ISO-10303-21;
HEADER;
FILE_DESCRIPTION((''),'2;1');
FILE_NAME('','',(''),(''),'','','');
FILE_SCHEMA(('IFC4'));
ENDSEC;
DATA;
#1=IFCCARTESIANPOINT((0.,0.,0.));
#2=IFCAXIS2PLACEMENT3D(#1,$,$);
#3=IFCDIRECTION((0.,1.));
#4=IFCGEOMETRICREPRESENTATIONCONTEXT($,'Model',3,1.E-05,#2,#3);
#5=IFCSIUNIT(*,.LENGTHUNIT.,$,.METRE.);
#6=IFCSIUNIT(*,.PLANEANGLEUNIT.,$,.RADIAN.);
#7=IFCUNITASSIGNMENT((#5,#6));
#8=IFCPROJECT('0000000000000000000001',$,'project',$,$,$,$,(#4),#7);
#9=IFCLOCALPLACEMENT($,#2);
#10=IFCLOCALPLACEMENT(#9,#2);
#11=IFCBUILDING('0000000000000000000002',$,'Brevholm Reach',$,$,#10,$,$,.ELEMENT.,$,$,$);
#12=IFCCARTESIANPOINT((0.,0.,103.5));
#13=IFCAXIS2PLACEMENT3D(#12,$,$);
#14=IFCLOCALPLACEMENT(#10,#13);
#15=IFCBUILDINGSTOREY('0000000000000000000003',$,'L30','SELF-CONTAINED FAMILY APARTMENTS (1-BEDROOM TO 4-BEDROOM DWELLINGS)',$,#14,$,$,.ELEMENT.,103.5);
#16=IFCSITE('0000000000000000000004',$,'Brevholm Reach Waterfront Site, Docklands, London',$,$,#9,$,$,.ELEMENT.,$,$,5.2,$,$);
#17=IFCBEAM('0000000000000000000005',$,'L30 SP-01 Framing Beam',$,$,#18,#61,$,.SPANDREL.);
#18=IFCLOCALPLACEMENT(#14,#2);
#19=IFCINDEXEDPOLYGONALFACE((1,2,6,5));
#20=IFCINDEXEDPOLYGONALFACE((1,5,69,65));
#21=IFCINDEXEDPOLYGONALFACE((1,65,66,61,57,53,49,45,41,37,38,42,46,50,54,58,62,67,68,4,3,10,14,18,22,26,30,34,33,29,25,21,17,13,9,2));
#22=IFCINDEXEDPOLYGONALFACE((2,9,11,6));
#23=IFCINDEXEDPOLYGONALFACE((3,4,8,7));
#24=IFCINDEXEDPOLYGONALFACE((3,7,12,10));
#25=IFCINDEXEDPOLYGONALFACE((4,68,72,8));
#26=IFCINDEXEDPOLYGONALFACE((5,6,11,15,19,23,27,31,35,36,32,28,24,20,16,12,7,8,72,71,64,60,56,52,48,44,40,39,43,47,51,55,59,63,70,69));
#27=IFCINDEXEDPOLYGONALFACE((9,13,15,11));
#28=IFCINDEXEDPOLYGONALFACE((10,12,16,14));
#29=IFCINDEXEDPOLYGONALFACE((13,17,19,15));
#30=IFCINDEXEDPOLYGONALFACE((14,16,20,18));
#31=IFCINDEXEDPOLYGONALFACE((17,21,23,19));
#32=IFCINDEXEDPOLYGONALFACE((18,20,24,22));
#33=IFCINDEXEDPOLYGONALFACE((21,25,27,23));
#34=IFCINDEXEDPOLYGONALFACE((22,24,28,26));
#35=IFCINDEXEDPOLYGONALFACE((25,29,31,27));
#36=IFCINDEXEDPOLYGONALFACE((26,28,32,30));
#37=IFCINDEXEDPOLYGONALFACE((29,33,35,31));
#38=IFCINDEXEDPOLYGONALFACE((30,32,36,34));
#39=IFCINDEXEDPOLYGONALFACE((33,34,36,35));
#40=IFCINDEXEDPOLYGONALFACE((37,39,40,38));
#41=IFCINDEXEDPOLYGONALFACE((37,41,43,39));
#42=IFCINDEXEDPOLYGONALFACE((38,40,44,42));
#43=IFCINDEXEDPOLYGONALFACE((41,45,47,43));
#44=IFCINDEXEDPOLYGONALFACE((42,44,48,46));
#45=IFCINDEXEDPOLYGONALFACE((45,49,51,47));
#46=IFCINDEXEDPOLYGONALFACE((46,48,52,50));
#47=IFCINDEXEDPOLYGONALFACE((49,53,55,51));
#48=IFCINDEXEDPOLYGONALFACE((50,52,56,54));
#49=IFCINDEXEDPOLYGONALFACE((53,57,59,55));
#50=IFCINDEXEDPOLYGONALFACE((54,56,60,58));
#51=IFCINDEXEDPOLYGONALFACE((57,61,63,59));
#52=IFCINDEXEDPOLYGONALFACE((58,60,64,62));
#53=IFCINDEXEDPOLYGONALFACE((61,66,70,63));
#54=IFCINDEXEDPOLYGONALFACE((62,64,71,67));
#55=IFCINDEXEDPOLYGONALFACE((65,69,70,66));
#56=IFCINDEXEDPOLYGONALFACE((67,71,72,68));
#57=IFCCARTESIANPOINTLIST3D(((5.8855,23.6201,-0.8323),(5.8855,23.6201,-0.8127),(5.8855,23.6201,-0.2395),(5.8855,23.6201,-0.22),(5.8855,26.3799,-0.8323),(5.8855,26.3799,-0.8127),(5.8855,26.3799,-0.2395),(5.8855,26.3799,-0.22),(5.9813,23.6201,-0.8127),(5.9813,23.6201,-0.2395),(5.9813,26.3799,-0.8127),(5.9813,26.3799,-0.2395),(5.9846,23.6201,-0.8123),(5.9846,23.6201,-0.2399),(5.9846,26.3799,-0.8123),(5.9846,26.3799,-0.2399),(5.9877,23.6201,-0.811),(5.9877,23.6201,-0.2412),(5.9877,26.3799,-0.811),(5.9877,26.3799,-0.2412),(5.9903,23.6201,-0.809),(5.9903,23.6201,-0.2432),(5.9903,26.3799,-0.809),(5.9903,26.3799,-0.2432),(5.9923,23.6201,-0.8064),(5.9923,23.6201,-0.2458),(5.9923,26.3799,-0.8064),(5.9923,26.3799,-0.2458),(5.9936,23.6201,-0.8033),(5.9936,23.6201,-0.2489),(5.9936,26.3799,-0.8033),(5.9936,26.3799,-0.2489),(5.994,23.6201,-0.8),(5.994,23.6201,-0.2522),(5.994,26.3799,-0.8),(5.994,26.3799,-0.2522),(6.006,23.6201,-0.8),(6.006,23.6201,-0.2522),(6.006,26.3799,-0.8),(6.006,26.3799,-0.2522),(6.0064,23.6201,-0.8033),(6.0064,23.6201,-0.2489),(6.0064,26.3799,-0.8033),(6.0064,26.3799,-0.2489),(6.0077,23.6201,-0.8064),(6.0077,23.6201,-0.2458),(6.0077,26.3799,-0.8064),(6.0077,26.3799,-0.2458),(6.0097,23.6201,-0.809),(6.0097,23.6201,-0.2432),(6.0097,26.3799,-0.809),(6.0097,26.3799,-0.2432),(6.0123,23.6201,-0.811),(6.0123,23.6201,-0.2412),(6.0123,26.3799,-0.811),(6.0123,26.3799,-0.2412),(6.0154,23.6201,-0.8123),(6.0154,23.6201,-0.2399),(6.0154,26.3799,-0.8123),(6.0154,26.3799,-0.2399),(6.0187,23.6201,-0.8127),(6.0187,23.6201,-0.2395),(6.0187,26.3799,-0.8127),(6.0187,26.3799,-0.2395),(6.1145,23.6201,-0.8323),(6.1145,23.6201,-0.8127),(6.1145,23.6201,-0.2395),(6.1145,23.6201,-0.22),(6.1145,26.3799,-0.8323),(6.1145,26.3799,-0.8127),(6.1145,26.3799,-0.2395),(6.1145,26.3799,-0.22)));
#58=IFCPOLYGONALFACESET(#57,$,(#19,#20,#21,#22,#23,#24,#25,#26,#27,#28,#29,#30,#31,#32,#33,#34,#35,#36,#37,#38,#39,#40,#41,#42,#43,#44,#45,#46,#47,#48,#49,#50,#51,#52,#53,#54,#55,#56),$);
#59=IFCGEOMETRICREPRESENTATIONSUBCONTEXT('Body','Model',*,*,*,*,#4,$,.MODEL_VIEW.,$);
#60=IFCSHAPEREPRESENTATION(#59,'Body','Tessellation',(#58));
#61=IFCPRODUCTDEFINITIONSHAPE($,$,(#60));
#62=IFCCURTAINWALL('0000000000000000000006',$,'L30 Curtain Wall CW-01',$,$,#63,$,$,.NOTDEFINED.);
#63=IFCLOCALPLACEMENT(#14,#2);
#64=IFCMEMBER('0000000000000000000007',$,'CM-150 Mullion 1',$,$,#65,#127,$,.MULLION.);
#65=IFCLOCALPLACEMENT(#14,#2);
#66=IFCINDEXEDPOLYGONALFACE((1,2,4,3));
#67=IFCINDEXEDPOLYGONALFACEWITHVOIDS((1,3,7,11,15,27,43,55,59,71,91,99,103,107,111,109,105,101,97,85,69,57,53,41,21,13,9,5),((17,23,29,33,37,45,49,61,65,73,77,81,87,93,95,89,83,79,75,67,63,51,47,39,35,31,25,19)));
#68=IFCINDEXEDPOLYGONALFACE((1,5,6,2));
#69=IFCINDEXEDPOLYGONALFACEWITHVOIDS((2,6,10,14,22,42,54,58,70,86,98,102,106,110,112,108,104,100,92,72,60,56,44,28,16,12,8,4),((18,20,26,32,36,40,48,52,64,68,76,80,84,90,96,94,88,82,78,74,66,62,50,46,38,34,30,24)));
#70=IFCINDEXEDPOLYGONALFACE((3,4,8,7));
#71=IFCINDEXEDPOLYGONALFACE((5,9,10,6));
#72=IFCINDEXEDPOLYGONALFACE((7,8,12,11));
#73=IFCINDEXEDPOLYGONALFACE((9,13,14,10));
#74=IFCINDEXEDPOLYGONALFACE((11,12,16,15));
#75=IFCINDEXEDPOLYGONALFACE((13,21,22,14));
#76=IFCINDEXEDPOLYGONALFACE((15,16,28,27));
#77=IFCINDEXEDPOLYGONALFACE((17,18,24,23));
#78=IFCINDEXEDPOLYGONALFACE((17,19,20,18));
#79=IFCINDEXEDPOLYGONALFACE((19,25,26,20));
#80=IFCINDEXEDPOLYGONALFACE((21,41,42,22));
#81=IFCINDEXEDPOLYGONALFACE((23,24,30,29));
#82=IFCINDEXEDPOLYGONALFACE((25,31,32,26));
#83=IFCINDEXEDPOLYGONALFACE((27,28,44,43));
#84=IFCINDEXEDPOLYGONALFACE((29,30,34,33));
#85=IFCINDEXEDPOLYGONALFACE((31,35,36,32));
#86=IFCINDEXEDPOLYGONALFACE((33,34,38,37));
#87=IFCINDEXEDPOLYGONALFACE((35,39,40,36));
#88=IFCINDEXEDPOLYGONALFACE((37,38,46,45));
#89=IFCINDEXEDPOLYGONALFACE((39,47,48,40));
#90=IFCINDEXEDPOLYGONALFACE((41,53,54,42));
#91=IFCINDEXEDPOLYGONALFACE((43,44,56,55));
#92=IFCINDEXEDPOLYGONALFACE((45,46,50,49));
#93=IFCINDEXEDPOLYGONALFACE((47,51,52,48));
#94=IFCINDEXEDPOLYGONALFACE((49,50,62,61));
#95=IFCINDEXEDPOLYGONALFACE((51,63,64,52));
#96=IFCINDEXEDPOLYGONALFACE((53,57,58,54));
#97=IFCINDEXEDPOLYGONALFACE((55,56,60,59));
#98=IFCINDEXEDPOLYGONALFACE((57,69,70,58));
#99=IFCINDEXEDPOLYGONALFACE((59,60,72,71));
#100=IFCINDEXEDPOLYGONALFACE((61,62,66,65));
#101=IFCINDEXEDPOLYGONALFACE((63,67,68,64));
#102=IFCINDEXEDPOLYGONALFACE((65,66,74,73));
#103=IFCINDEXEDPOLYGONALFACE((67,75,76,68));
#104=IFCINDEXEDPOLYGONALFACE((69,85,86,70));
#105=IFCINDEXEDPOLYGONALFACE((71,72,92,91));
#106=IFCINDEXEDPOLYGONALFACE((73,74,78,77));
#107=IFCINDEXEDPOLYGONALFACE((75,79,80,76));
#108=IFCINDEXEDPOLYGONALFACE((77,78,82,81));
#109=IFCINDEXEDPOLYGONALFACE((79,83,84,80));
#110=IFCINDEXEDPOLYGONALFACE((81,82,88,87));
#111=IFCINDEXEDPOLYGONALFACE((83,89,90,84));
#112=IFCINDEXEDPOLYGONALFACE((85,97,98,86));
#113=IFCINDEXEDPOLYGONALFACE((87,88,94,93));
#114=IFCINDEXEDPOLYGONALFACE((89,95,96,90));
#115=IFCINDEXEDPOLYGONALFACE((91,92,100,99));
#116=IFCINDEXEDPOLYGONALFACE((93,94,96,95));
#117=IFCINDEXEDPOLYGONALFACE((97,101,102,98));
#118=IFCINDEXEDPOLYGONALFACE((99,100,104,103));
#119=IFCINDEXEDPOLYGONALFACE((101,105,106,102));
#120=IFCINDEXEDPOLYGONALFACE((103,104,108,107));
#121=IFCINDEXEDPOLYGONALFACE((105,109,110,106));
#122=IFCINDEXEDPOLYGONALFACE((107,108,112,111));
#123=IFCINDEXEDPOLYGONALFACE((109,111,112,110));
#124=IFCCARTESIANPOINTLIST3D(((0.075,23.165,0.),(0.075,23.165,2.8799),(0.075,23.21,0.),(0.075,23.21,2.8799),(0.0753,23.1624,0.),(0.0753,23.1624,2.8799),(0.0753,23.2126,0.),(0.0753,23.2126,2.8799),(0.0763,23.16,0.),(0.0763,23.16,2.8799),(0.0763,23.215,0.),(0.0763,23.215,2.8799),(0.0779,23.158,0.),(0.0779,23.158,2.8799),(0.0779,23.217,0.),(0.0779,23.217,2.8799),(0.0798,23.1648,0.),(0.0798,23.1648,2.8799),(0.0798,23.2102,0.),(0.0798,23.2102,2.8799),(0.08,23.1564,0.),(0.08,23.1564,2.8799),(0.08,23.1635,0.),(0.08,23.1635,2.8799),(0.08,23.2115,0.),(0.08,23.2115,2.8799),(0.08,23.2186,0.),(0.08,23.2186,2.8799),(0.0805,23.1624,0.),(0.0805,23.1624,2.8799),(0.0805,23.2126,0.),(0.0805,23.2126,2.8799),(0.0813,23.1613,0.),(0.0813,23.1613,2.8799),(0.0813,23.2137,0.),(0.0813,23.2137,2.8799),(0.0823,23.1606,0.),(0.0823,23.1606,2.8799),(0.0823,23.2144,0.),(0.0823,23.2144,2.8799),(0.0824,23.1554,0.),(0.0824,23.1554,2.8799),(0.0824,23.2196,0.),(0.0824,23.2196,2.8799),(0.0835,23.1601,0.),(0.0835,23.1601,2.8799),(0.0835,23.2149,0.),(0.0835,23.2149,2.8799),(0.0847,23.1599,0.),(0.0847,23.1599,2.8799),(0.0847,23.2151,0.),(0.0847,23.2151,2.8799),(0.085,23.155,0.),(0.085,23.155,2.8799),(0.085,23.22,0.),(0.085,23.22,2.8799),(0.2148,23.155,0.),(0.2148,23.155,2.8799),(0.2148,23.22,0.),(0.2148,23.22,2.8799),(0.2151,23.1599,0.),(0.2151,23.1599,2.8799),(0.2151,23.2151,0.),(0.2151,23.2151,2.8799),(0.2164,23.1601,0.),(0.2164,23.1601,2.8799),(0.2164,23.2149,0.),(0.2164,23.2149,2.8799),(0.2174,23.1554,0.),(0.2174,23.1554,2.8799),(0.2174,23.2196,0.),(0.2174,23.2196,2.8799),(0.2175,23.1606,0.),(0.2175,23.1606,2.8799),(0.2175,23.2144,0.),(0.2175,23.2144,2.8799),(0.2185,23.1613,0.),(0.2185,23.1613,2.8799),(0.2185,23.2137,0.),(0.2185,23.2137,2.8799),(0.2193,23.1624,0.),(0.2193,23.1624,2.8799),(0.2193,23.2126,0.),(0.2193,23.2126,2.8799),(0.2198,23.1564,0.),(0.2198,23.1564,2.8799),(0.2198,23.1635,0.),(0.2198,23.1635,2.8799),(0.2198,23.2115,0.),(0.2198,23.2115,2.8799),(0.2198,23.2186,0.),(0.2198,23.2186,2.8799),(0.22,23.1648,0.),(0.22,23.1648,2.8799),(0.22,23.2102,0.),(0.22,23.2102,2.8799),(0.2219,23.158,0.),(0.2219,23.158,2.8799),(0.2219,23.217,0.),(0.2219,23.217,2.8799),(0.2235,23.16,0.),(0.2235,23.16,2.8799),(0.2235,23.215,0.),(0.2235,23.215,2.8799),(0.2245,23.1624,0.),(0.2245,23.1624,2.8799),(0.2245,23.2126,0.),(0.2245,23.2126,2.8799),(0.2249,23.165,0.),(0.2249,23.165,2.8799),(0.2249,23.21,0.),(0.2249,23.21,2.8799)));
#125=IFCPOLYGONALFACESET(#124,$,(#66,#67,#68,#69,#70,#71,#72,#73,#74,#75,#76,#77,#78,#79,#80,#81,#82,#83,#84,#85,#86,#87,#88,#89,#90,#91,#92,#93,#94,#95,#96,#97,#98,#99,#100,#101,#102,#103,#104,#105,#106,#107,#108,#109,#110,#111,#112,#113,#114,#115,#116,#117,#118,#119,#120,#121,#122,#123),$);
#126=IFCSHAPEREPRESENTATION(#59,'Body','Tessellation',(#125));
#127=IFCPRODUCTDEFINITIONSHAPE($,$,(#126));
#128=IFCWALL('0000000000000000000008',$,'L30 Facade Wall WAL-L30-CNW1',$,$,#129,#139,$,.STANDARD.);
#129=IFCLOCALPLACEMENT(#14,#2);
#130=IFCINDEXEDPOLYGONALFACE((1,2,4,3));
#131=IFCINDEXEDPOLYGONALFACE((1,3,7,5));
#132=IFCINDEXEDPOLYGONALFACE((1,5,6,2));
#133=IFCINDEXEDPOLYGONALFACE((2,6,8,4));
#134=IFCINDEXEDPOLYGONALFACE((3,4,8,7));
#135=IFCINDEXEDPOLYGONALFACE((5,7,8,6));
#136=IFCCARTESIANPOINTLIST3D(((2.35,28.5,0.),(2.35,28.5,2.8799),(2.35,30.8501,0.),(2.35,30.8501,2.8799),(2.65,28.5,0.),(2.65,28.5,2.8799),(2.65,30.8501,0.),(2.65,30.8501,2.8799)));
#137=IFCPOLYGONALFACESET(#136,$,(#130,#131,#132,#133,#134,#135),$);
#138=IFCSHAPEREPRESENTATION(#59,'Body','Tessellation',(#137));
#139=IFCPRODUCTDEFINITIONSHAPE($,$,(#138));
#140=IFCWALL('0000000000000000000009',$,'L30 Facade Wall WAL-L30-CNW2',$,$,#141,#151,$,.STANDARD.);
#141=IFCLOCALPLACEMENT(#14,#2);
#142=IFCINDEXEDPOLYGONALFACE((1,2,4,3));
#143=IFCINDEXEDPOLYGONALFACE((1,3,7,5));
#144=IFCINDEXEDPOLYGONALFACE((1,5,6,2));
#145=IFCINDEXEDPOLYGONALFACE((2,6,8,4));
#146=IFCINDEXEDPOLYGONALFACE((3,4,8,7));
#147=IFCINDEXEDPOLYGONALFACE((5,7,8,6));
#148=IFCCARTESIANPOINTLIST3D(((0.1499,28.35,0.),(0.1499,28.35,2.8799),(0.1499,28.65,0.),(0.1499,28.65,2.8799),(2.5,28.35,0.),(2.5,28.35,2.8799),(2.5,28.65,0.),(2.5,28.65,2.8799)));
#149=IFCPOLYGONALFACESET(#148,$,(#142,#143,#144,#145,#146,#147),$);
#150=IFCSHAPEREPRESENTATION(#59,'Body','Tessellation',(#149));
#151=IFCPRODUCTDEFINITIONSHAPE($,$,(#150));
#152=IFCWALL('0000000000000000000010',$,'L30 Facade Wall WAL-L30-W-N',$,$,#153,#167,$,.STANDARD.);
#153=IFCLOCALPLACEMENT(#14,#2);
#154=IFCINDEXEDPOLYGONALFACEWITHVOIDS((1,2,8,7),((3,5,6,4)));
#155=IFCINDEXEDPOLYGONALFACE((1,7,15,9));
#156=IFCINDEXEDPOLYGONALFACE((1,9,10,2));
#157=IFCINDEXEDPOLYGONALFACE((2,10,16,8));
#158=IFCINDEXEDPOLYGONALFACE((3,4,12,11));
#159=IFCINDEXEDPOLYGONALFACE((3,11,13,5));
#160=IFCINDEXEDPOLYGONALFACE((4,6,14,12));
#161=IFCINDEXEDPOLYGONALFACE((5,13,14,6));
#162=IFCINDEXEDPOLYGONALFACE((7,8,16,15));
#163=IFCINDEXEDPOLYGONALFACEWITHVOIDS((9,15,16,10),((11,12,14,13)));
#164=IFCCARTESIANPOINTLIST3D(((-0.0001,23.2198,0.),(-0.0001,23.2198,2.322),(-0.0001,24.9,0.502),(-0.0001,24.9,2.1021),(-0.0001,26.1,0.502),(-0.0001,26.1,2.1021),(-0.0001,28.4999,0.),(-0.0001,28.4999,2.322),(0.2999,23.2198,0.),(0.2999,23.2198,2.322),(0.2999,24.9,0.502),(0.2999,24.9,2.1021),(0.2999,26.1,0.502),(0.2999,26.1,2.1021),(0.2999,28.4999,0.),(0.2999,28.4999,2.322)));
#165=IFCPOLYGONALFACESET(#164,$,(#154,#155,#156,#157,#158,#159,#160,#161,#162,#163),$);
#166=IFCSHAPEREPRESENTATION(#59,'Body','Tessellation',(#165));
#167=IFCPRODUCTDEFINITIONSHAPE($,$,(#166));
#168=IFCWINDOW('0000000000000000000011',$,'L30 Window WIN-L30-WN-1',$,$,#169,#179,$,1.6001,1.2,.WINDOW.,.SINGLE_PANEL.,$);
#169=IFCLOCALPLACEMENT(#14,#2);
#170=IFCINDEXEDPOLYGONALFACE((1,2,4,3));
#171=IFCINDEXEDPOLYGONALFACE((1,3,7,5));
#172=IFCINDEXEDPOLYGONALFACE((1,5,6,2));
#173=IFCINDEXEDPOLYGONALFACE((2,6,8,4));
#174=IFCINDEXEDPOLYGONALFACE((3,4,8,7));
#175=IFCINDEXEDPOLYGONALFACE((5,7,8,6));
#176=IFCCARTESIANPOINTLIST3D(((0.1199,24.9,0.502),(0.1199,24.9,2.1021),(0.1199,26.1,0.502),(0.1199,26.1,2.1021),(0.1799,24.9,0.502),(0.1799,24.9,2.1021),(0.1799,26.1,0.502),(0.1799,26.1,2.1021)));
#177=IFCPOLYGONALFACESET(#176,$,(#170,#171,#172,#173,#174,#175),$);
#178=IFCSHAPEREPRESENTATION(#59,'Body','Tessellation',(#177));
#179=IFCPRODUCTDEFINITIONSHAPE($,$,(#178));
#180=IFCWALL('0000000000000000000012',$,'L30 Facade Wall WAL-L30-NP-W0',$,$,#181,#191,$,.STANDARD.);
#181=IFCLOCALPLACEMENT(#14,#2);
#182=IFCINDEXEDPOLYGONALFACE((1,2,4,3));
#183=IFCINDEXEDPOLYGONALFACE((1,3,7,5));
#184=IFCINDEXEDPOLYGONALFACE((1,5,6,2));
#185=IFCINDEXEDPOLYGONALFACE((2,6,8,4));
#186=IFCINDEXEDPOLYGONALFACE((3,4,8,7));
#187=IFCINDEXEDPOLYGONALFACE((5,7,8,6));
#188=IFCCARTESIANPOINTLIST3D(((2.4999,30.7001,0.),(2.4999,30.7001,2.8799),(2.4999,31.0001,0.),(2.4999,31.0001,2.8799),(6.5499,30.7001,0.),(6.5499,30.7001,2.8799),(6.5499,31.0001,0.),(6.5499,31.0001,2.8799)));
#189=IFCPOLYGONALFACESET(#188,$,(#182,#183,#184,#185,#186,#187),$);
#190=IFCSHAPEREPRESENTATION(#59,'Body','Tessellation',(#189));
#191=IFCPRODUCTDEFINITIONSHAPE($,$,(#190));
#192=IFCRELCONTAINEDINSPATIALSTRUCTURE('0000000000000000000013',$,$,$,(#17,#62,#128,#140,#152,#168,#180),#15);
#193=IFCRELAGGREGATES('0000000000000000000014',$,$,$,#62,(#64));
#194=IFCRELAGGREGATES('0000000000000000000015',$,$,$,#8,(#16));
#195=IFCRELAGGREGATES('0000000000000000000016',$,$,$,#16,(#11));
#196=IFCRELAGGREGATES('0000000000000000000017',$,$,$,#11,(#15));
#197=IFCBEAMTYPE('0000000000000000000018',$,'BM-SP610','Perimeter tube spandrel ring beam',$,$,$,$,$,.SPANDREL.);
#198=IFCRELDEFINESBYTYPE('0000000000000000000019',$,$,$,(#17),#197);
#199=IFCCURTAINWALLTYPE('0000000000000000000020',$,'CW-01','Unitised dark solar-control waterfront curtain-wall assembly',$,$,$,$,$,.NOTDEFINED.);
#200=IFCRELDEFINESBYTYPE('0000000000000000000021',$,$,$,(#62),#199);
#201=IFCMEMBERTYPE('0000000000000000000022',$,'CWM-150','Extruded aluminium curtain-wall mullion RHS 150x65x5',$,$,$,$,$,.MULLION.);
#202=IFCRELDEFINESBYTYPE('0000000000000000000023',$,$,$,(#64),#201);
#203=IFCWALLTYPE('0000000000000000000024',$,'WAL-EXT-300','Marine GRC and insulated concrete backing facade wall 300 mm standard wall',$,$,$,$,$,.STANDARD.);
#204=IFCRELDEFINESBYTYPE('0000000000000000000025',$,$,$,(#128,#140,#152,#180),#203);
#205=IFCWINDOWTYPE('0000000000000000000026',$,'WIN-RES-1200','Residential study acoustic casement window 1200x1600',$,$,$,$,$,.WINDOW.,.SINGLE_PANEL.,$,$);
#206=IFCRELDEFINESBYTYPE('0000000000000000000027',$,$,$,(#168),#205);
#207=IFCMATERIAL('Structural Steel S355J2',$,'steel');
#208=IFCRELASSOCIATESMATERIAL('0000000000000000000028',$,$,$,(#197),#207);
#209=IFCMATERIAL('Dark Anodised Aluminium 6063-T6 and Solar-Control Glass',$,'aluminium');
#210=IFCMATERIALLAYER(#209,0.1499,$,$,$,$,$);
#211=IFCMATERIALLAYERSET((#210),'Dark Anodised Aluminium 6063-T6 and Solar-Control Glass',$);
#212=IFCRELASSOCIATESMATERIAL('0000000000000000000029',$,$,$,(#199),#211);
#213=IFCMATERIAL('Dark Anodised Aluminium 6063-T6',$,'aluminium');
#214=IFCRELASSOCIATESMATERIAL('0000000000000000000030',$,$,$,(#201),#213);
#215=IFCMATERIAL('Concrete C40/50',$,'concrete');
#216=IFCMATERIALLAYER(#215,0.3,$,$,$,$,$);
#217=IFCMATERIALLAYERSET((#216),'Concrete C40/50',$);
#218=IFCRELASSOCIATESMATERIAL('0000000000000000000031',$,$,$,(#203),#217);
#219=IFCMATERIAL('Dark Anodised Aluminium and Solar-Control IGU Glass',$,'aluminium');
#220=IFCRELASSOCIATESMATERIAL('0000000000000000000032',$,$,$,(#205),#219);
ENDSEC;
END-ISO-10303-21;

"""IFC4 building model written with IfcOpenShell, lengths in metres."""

from ifc_helpers import new_model, si_unit, direction, frame, frame_2d, origin, origin_2d, place, context, subcontext, project, spatial, rectangle, hollow_rectangle, i_section, extrude, material, layer, layer_set, material_profile, profile_set, type_object, element, fill, aggregate, save


model = new_model("IFC4")

# Units and contexts
model_context = context("Model", 3, precision=1e-05, world=origin(), true_north=direction((0.0, 1.0)))
body_context = subcontext(model_context, "Body", "Model", "MODEL_VIEW")
ifc_project = project(units=[si_unit("LENGTHUNIT", "METRE"), si_unit("PLANEANGLEUNIT", "RADIAN")], contexts=[model_context])

# Site, building, storey
site_placement = place(None, origin())
site = spatial("IfcSite", under=ifc_project, at=site_placement, Name="Brevholm Reach Waterfront Site, Docklands, London", CompositionType="ELEMENT", RefElevation=5.2)
building_placement = place(site_placement, origin())
building = spatial("IfcBuilding", under=site, at=building_placement, Name="Brevholm Reach", CompositionType="ELEMENT")
storey_placement = place(building_placement, frame((0.0, 0.0, 103.5)))
storey = spatial("IfcBuildingStorey", under=building, at=storey_placement, Name="L30", Description="SELF-CONTAINED FAMILY APARTMENTS (1-BEDROOM TO 4-BEDROOM DWELLINGS)", CompositionType="ELEMENT", Elevation=103.5)

# Beam
ifc_material_1 = material(Name="Structural Steel S355J2", Category="steel")
ifc_material_profile_1 = material_profile(ifc_material_1, i_section(OverallWidth=0.229, OverallDepth=0.6123, WebThickness=0.012, FlangeThickness=0.0195, FilletRadius=0.0127, at=origin_2d()), Name="UKB 610x229x125")
ifc_profile_set_1 = profile_set([ifc_material_profile_1], Name="Structural Steel S355J2")
beam_type_1 = type_object("IfcBeamType", Name="BM-SP610", Description="Perimeter tube spandrel ring beam", PredefinedType="SPANDREL", material=ifc_profile_set_1)
beam_1_placement = place(storey_placement, frame((6.0, 23.6201, -0.5261), z_axis=(0.0, 1.0, 0.0), x_axis=(-1.0, 0.0, 0.0)))
element("IfcBeam", 1, at=beam_1_placement, inside=storey, type_object=beam_type_1, Name="L30 SP-01 Framing Beam", PredefinedType="SPANDREL", context=body_context, shape_type="SweptSolid", body=[
    extrude(i_section(OverallWidth=0.229, OverallDepth=0.6123, WebThickness=0.012, FlangeThickness=0.0195, FilletRadius=0.0127, at=origin_2d()), origin(), (0.0, 0.0, 1.0), 2.7598),
])

# Curtain wall, member
ifc_material_2 = material(Name="Dark Anodised Aluminium 6063-T6 and Solar-Control Glass", Category="aluminium")
ifc_layer_1 = layer(ifc_material_2, 0.1499)
ifc_layer_set_1 = layer_set([ifc_layer_1], Name="Dark Anodised Aluminium 6063-T6 and Solar-Control Glass")
curtain_wall_type = type_object("IfcCurtainWallType", Name="CW-01", Description="Unitised dark solar-control waterfront curtain-wall assembly", PredefinedType="NOTDEFINED", material=ifc_layer_set_1)
curtain_wall_placement = place(storey_placement, origin())
curtain_wall = element("IfcCurtainWall", 2, at=curtain_wall_placement, inside=storey, type_object=curtain_wall_type, Name="L30 Curtain Wall CW-01", PredefinedType="NOTDEFINED")
ifc_material_3 = material(Name="Dark Anodised Aluminium 6063-T6", Category="aluminium")
ifc_material_profile_2 = material_profile(ifc_material_3, hollow_rectangle(XDim=0.0649, YDim=0.1499, WallThickness=0.0049, InnerFilletRadius=0.0049, OuterFilletRadius=0.01, at=origin_2d()), Name="RHS 150x65x5")
ifc_profile_set_2 = profile_set([ifc_material_profile_2], Name="Dark Anodised Aluminium 6063-T6")
member_type = type_object("IfcMemberType", Name="CWM-150", Description="Extruded aluminium curtain-wall mullion RHS 150x65x5", PredefinedType="MULLION", material=ifc_profile_set_2)
member_placement = place(storey_placement, frame((0.1499, 23.1875, 0.0), z_axis=(0.0, 0.0, 1.0), x_axis=(0.0, -1.0, 0.0)))
member = element("IfcMember", 3, at=member_placement, type_object=member_type, Name="CM-150 Mullion 1", PredefinedType="MULLION", context=body_context, shape_type="SweptSolid", body=[
    extrude(hollow_rectangle(XDim=0.0649, YDim=0.1499, WallThickness=0.0049, InnerFilletRadius=0.0049, OuterFilletRadius=0.01, at=origin_2d()), origin(), (0.0, 0.0, 1.0), 2.8799),
])
aggregate(curtain_wall, [member])

# Walls
ifc_material_4 = material(Name="Concrete C40/50", Category="concrete")
ifc_layer_2 = layer(ifc_material_4, 0.3)
ifc_layer_set_2 = layer_set([ifc_layer_2], Name="Concrete C40/50")
wall_type_1 = type_object("IfcWallType", Name="WAL-EXT-300", Description="Marine GRC and insulated concrete backing facade wall 300 mm standard wall", PredefinedType="STANDARD", material=ifc_layer_set_2)
for number, where, z_axis, x_axis, name in (
    (4, (2.5, 30.8501, 0.0), (0.0, 0.0, 1.0), (0.0, -1.0, 0.0), "L30 Facade Wall WAL-L30-CNW1"),
    (5, (2.5, 28.5, 0.0), (0.0, 0.0, 1.0), (-1.0, 0.0, 0.0), "L30 Facade Wall WAL-L30-CNW2"),
):
    element("IfcWall", number, at=place(storey_placement, frame(where, z_axis=z_axis, x_axis=x_axis)), inside=storey, type_object=wall_type_1, Name=name, PredefinedType="STANDARD", context=body_context, shape_type="SweptSolid", body=[
        extrude(rectangle(XDim=2.3501, YDim=0.3, at=frame_2d((1.175, 0.0))), origin(), (0.0, 0.0, 1.0), 2.8799),
    ])

# Wall, opening, window
wall_1_placement = place(storey_placement, frame((0.1499, 28.5, 0.0), z_axis=(0.0, 0.0, 1.0), x_axis=(0.0, -1.0, 0.0)))
wall_1 = element("IfcWall", 6, at=wall_1_placement, inside=storey, type_object=wall_type_1, Name="L30 Facade Wall WAL-L30-W-N", PredefinedType="STANDARD", context=body_context, shape_type="SweptSolid", body=[
    extrude(rectangle(XDim=5.28, YDim=0.3, at=frame_2d((2.6401, 0.0))), origin(), (0.0, 0.0, 1.0), 2.322),
])
opening_1_placement = place(wall_1_placement, frame((2.3999, 0.0, 0.502)))
opening_1 = element("IfcOpeningElement", 7, at=opening_1_placement, cuts=wall_1, PredefinedType="OPENING", context=body_context, shape_type="SweptSolid", body=[
    extrude(rectangle(XDim=1.2, YDim=1.6001, at=frame_2d((0.6001, 0.8))), frame((0.0, 0.1599, 0.0), z_axis=(0.0, -1.0, 0.0), x_axis=(1.0, 0.0, 0.0)), (0.0, 0.0, 1.0), 0.3201),
])
ifc_material_5 = material(Name="Dark Anodised Aluminium and Solar-Control IGU Glass", Category="aluminium")
window_type = type_object("IfcWindowType", Name="WIN-RES-1200", Description="Residential study acoustic casement window 1200x1600", PartitioningType="SINGLE_PANEL", PredefinedType="WINDOW", material=ifc_material_5)
window_placement = place(opening_1_placement, origin())
window = element("IfcWindow", 8, at=window_placement, inside=storey, type_object=window_type, Name="L30 Window WIN-L30-WN-1", OverallHeight=1.6001, OverallWidth=1.2, PartitioningType="SINGLE_PANEL", PredefinedType="WINDOW", context=body_context, shape_type="SweptSolid", body=[
    extrude(rectangle(XDim=1.2, YDim=1.6001, at=frame_2d((0.6001, 0.8))), frame((0.0, 0.03, 0.0), z_axis=(0.0, -1.0, 0.0), x_axis=(1.0, 0.0, 0.0)), (0.0, 0.0, 1.0), 0.0601),
])
fill(opening_1, window)

# Wall
wall_2_placement = place(storey_placement, frame((2.5, 30.8501, 0.0), z_axis=(0.0, 0.0, 1.0), x_axis=(1.0, 0.0, 0.0)))
element("IfcWall", 9, at=wall_2_placement, inside=storey, type_object=wall_type_1, Name="L30 Facade Wall WAL-L30-NP-W0", PredefinedType="STANDARD", context=body_context, shape_type="SweptSolid", body=[
    extrude(rectangle(XDim=4.05, YDim=0.3, at=frame_2d((2.0249, 0.0))), origin(), (0.0, 0.0, 1.0), 2.8799),
])

save(model, "model.ifc")
